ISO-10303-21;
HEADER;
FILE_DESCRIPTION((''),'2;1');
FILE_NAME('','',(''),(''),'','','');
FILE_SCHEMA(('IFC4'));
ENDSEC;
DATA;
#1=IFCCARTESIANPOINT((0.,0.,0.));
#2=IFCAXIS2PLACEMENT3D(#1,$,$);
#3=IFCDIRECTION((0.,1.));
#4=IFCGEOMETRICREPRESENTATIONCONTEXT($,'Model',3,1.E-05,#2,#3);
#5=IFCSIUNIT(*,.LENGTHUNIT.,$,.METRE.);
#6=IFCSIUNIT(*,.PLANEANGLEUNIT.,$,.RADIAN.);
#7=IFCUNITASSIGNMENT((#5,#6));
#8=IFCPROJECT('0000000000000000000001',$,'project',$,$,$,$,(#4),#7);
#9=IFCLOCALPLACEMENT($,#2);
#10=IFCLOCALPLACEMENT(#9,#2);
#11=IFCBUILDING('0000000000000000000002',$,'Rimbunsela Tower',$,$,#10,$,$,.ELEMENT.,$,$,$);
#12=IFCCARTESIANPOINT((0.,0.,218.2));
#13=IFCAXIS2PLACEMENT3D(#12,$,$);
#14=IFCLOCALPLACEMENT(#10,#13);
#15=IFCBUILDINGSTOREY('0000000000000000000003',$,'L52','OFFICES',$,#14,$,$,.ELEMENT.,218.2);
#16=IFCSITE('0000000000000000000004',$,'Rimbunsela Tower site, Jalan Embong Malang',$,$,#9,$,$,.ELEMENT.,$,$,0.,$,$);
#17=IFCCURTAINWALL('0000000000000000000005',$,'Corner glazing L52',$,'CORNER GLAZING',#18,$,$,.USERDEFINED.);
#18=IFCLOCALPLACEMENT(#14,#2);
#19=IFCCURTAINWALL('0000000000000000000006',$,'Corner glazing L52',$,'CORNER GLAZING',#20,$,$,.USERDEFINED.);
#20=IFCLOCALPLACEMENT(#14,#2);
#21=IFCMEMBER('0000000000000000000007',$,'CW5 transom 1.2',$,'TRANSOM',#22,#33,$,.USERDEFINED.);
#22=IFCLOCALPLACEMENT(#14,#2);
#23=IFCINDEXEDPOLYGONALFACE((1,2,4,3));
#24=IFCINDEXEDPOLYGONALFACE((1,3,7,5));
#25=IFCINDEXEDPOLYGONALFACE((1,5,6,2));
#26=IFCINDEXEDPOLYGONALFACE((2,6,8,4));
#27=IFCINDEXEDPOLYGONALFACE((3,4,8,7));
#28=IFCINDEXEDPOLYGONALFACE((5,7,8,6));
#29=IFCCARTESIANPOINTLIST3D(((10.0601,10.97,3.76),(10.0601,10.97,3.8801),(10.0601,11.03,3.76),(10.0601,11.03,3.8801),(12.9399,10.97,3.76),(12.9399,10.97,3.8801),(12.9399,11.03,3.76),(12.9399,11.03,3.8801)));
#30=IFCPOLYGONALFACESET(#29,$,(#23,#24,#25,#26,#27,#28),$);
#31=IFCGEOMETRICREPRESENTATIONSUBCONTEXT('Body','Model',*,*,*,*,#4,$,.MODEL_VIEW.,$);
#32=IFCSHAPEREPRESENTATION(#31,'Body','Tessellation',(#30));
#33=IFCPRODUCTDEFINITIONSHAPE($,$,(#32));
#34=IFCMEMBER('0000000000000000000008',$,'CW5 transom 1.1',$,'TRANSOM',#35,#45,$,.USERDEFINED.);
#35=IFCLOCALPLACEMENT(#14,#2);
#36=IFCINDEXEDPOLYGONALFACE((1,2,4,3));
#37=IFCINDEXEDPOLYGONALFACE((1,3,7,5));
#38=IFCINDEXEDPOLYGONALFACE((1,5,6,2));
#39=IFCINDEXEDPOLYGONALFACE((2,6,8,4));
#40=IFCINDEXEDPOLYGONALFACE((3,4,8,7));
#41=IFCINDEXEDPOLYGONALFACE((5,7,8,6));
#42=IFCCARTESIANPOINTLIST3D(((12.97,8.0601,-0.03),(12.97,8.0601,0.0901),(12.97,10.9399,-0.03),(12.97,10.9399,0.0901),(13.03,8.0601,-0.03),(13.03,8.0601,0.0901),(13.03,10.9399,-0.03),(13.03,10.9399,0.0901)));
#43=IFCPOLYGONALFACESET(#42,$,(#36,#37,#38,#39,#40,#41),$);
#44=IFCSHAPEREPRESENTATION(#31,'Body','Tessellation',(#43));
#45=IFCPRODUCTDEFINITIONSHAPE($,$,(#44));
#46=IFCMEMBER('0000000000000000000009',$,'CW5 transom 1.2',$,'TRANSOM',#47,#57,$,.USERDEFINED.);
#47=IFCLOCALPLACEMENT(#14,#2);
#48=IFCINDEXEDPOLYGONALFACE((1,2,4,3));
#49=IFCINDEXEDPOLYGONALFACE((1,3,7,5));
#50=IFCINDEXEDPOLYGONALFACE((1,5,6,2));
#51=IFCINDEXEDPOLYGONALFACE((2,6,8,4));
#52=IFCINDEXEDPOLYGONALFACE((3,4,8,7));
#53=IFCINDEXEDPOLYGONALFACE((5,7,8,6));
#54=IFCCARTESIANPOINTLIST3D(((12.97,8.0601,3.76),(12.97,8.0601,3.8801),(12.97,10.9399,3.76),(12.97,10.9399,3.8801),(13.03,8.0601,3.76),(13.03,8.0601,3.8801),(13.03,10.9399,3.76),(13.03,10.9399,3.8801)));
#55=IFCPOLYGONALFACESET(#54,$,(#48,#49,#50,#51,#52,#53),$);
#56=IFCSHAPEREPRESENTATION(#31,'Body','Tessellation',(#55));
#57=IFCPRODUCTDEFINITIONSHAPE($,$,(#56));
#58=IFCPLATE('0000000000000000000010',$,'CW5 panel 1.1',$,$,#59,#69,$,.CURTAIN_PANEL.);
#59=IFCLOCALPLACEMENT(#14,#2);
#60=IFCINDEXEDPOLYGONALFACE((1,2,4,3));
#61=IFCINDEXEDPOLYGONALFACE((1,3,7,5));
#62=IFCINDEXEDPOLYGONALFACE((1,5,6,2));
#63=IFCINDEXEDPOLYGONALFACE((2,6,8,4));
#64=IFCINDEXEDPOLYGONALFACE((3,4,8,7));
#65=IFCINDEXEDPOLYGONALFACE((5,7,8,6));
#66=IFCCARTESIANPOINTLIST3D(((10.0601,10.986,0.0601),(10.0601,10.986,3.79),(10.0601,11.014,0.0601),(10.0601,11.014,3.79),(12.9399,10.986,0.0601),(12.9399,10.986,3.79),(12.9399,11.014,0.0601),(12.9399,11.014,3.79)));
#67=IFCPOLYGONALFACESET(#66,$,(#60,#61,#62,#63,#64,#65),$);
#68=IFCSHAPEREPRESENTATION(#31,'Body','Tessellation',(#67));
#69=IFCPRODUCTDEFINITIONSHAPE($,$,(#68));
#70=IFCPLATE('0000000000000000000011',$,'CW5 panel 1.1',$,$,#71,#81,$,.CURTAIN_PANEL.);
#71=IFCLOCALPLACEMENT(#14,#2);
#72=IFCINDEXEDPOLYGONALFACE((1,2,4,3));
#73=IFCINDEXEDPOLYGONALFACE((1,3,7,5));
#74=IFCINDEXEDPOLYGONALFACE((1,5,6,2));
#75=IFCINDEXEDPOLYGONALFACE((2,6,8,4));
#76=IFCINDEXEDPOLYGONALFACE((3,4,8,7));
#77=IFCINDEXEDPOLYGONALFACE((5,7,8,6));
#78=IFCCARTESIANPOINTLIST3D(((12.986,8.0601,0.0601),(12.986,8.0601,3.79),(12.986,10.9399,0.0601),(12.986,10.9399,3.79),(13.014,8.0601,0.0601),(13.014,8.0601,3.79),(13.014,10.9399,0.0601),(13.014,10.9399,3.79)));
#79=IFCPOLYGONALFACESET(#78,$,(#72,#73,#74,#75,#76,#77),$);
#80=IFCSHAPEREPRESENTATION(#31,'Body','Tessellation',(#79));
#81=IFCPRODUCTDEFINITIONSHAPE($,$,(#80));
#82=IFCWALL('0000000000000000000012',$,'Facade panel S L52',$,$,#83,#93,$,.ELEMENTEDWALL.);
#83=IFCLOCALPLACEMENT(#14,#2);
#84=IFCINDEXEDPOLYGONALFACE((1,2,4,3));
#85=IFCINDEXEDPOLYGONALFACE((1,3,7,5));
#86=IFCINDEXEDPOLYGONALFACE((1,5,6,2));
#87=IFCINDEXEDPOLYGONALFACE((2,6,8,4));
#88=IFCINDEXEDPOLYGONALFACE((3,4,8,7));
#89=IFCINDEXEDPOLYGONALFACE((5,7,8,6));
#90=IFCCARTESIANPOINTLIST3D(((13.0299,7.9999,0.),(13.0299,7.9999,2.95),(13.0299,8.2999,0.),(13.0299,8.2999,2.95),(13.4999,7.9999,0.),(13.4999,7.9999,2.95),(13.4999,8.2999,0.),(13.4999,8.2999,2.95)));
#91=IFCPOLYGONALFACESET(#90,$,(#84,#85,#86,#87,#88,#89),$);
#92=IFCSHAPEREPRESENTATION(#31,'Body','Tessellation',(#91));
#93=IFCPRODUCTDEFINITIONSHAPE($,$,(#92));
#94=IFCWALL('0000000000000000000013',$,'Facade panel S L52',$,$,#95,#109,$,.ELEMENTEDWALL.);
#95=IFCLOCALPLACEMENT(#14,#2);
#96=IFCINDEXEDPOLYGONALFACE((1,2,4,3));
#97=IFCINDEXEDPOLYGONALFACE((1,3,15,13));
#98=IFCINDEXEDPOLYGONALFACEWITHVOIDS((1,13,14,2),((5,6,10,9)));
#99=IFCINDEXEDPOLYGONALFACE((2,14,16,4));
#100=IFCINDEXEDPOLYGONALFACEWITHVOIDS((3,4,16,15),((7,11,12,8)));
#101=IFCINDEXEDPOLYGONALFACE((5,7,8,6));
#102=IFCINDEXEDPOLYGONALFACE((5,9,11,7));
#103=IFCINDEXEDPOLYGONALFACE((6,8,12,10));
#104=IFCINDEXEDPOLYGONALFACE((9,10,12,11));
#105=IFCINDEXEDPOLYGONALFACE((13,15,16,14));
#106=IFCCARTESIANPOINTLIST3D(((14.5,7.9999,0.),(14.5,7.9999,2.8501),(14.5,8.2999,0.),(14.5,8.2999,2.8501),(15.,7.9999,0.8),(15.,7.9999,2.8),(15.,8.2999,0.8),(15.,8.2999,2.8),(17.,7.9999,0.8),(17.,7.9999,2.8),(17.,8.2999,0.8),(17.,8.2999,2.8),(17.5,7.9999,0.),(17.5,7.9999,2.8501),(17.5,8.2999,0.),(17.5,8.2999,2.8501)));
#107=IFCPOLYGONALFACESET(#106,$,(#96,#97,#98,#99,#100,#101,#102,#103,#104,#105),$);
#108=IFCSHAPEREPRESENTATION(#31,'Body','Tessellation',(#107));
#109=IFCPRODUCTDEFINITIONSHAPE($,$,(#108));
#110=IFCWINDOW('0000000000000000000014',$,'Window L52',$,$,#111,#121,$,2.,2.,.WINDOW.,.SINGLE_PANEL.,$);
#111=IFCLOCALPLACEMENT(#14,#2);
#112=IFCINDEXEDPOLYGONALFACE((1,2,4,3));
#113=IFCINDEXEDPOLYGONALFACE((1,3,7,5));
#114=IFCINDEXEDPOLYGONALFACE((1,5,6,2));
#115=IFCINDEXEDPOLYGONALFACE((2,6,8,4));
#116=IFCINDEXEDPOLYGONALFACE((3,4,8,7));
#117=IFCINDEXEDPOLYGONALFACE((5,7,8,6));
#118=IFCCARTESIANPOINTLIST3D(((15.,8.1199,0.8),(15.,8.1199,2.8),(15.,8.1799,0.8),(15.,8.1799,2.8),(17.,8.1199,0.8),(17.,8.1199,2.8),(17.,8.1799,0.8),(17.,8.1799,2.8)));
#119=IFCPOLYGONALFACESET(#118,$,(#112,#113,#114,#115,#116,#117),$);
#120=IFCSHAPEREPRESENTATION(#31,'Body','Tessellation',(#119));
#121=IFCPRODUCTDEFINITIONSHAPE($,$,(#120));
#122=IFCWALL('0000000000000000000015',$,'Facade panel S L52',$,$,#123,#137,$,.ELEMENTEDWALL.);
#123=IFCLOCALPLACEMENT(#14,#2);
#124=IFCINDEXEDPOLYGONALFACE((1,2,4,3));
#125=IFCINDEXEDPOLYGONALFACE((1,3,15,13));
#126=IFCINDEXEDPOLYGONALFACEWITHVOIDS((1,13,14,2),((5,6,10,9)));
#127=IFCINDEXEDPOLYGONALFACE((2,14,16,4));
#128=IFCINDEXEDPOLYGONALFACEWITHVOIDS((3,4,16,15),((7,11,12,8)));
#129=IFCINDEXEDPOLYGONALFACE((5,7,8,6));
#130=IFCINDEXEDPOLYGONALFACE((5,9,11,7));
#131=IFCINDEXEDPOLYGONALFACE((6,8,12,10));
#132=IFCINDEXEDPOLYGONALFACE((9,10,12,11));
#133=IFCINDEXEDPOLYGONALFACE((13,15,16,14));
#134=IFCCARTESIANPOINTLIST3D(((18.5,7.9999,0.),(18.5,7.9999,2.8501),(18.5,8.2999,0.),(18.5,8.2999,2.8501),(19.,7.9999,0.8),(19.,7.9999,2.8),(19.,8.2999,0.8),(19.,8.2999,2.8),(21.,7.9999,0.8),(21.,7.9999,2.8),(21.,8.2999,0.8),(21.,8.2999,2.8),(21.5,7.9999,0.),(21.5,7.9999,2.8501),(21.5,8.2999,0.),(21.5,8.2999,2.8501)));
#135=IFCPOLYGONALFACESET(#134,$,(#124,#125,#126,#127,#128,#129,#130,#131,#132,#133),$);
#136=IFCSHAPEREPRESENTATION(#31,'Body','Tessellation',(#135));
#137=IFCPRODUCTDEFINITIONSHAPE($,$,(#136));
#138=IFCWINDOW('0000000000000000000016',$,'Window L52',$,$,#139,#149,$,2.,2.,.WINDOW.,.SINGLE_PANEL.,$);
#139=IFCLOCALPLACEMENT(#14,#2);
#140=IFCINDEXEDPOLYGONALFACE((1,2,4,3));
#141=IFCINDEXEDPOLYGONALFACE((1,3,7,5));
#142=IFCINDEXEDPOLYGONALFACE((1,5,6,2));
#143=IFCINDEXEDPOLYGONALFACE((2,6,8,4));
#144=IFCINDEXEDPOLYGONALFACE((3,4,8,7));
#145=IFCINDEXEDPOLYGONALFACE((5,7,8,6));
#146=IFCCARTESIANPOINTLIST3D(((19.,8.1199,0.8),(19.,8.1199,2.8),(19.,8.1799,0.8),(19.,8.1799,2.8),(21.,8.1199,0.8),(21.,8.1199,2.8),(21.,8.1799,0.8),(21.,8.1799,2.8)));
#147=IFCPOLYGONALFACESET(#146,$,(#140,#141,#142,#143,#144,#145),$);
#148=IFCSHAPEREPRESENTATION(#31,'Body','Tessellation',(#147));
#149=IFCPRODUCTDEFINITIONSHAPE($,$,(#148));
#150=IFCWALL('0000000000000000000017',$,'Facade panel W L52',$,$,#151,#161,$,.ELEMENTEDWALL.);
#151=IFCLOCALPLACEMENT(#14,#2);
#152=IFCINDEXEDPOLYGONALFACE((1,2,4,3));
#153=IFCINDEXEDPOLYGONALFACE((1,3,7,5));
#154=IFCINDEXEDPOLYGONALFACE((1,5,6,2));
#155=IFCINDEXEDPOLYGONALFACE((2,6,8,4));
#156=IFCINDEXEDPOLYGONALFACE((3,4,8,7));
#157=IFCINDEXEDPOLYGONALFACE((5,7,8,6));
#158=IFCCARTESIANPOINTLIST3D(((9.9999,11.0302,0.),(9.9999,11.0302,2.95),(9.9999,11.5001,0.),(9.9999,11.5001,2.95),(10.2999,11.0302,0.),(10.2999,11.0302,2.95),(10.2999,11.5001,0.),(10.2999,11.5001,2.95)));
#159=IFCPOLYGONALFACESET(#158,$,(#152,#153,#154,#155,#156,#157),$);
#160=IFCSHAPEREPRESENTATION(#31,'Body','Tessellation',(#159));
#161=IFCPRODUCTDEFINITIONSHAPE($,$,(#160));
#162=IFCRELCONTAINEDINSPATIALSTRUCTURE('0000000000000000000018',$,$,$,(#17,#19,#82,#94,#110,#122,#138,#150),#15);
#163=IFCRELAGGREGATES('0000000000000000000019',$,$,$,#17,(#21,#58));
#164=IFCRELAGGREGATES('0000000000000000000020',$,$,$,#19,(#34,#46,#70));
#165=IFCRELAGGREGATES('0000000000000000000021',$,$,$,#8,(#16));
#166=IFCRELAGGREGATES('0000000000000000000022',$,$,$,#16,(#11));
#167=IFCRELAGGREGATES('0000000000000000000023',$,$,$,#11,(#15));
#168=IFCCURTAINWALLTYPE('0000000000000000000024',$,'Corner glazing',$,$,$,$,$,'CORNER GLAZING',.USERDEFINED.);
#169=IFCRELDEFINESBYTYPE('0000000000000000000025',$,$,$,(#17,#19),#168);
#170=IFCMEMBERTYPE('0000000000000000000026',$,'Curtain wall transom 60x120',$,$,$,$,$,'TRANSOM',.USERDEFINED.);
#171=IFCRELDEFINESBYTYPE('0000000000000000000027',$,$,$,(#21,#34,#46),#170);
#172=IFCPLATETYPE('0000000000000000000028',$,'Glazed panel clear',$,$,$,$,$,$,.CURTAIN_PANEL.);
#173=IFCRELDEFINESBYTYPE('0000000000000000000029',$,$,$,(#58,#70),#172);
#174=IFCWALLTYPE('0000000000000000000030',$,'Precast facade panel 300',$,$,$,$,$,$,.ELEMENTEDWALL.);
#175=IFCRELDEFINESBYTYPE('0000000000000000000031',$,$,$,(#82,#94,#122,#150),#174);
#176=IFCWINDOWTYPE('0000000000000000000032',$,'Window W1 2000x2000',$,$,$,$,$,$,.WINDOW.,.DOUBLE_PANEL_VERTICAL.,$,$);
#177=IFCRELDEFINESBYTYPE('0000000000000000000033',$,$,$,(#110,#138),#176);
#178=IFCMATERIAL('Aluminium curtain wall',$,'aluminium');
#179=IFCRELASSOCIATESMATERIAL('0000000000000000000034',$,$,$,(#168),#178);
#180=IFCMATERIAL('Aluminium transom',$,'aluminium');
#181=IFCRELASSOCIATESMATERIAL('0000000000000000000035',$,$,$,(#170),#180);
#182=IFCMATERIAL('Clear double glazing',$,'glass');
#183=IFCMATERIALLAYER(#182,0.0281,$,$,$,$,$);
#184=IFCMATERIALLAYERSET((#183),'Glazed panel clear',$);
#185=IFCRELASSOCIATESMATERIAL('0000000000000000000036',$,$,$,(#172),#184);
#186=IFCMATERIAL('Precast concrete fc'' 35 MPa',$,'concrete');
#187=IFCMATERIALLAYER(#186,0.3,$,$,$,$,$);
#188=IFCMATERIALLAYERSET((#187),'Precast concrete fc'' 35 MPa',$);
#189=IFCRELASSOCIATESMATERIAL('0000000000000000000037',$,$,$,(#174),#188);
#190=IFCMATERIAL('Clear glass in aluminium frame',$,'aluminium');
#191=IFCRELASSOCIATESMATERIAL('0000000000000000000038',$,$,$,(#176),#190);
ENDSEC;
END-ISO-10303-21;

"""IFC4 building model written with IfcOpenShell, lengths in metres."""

from ifc_helpers import new_model, si_unit, direction, frame, frame_2d, origin, origin_2d, place, context, subcontext, project, spatial, rectangle, extrude, material, layer, layer_set, material_profile, profile_set, type_object, element, fill, aggregate, save


model = new_model("IFC4")

# Units and contexts
model_context = context("Model", 3, precision=1e-05, world=origin(), true_north=direction((0.0, 1.0)))
body_context = subcontext(model_context, "Body", "Model", "MODEL_VIEW")
ifc_project = project(units=[si_unit("LENGTHUNIT", "METRE"), si_unit("PLANEANGLEUNIT", "RADIAN")], contexts=[model_context])

# Site, building, storey
site_placement = place(None, origin())
site = spatial("IfcSite", under=ifc_project, at=site_placement, Name="Rimbunsela Tower site, Jalan Embong Malang", CompositionType="ELEMENT", RefElevation=0.0)
building_placement = place(site_placement, origin())
building = spatial("IfcBuilding", under=site, at=building_placement, Name="Rimbunsela Tower", CompositionType="ELEMENT")
storey_placement = place(building_placement, frame((0.0, 0.0, 218.2)))
storey = spatial("IfcBuildingStorey", under=building, at=storey_placement, Name="L52", Description="OFFICES", CompositionType="ELEMENT", Elevation=218.2)

# Curtain walls
ifc_material_1 = material(Name="Aluminium curtain wall", Category="aluminium")
curtain_wall_type = type_object("IfcCurtainWallType", Name="Corner glazing", ElementType="CORNER GLAZING", PredefinedType="USERDEFINED", material=ifc_material_1)
curtain_wall_1_placement = place(storey_placement, origin())
curtain_wall_1 = element("IfcCurtainWall", 1, at=curtain_wall_1_placement, inside=storey, type_object=curtain_wall_type, Name="Corner glazing L52", ObjectType="CORNER GLAZING", PredefinedType="USERDEFINED")
curtain_wall_2_placement = place(storey_placement, origin())
curtain_wall_2 = element("IfcCurtainWall", 2, at=curtain_wall_2_placement, inside=storey, type_object=curtain_wall_type, Name="Corner glazing L52", ObjectType="CORNER GLAZING", PredefinedType="USERDEFINED")

# Members
ifc_material_2 = material(Name="Aluminium transom", Category="aluminium")
ifc_material_profile_1 = material_profile(ifc_material_2, rectangle(XDim=0.0601, YDim=0.1201, at=origin_2d()), Name="Transom 60x120")
ifc_profile_set_1 = profile_set([ifc_material_profile_1], Name="Aluminium transom")
member_type_1 = type_object("IfcMemberType", Name="Curtain wall transom 60x120", ElementType="TRANSOM", PredefinedType="USERDEFINED", material=ifc_profile_set_1)
member_1_placement = place(storey_placement, frame((10.0601, 11.0, 3.8201), z_axis=(1.0, 0.0, 0.0), x_axis=(0.0, 1.0, 0.0)))
member_1 = element("IfcMember", 3, at=member_1_placement, type_object=member_type_1, Name="CW5 transom 1.2", ObjectType="TRANSOM", PredefinedType="USERDEFINED", context=body_context, shape_type="SweptSolid", body=[
    extrude(rectangle(XDim=0.0601, YDim=0.1201, at=origin_2d()), origin(), (0.0, 0.0, 1.0), 2.8799),
])
member_2_placement = place(storey_placement, frame((13.0, 10.9399, 0.03), z_axis=(0.0, -1.0, 0.0), x_axis=(1.0, 0.0, 0.0)))
member_2 = element("IfcMember", 4, at=member_2_placement, type_object=member_type_1, Name="CW5 transom 1.1", ObjectType="TRANSOM", PredefinedType="USERDEFINED", context=body_context, shape_type="SweptSolid", body=[
    extrude(rectangle(XDim=0.0601, YDim=0.1201, at=origin_2d()), origin(), (0.0, 0.0, 1.0), 2.8799),
])
member_3_placement = place(storey_placement, frame((13.0, 10.9399, 3.8201), z_axis=(0.0, -1.0, 0.0), x_axis=(1.0, 0.0, 0.0)))
member_3 = element("IfcMember", 5, at=member_3_placement, type_object=member_type_1, Name="CW5 transom 1.2", ObjectType="TRANSOM", PredefinedType="USERDEFINED", context=body_context, shape_type="SweptSolid", body=[
    extrude(rectangle(XDim=0.0601, YDim=0.1201, at=origin_2d()), origin(), (0.0, 0.0, 1.0), 2.8799),
])

# Plates
ifc_material_3 = material(Name="Clear double glazing", Category="glass")
ifc_layer_1 = layer(ifc_material_3, 0.0281)
ifc_layer_set_1 = layer_set([ifc_layer_1], Name="Glazed panel clear")
plate_type = type_object("IfcPlateType", Name="Glazed panel clear", PredefinedType="CURTAIN_PANEL", material=ifc_layer_set_1)
plate_1_placement = place(storey_placement, frame((11.5, 11.0, 0.0601), z_axis=(0.0, 0.0, 1.0), x_axis=(1.0, 0.0, 0.0)))
plate_1 = element("IfcPlate", 6, at=plate_1_placement, type_object=plate_type, Name="CW5 panel 1.1", PredefinedType="CURTAIN_PANEL", context=body_context, shape_type="SweptSolid", body=[
    extrude(rectangle(XDim=2.8799, YDim=0.0281, at=origin_2d()), origin(), (0.0, 0.0, 1.0), 3.73),
])
aggregate(curtain_wall_1, [member_1, plate_1])
plate_2_placement = place(storey_placement, frame((13.0, 9.5, 0.0601), z_axis=(0.0, 0.0, 1.0), x_axis=(0.0, -1.0, 0.0)))
plate_2 = element("IfcPlate", 7, at=plate_2_placement, type_object=plate_type, Name="CW5 panel 1.1", PredefinedType="CURTAIN_PANEL", context=body_context, shape_type="SweptSolid", body=[
    extrude(rectangle(XDim=2.8799, YDim=0.0281, at=origin_2d()), origin(), (0.0, 0.0, 1.0), 3.73),
])
aggregate(curtain_wall_2, [member_2, member_3, plate_2])

# Wall
ifc_material_4 = material(Name="Precast concrete fc' 35 MPa", Category="concrete")
ifc_layer_2 = layer(ifc_material_4, 0.3)
ifc_layer_set_2 = layer_set([ifc_layer_2], Name="Precast concrete fc' 35 MPa")
wall_type = type_object("IfcWallType", Name="Precast facade panel 300", PredefinedType="ELEMENTEDWALL", material=ifc_layer_set_2)
wall_1_placement = place(storey_placement, frame((13.03, 8.1499, 0.0), z_axis=(0.0, 0.0, 1.0), x_axis=(1.0, 0.0, 0.0)))
element("IfcWall", 8, at=wall_1_placement, inside=storey, type_object=wall_type, Name="Facade panel S L52", PredefinedType="ELEMENTEDWALL", context=body_context, shape_type="SweptSolid", body=[
    extrude(rectangle(XDim=0.47, YDim=0.3, at=frame_2d((0.2349, 0.0))), origin(), (0.0, 0.0, 1.0), 2.95),
])

# Walls, openings, windows
wall_2_placement = place(storey_placement, frame((14.5, 8.1499, 0.0), z_axis=(0.0, 0.0, 1.0), x_axis=(1.0, 0.0, 0.0)))
wall_2 = element("IfcWall", 9, at=wall_2_placement, inside=storey, type_object=wall_type, Name="Facade panel S L52", PredefinedType="ELEMENTEDWALL", context=body_context, shape_type="SweptSolid", body=[
    extrude(rectangle(XDim=3.0, YDim=0.3, at=frame_2d((1.5, 0.0))), origin(), (0.0, 0.0, 1.0), 2.8501),
])
opening_1_placement = place(wall_2_placement, frame((0.5, 0.0, 0.8)))
opening_1 = element("IfcOpeningElement", 10, at=opening_1_placement, cuts=wall_2, PredefinedType="OPENING", context=body_context, shape_type="SweptSolid", body=[
    extrude(rectangle(XDim=2.0, YDim=2.0, at=frame_2d((1.0, 1.0))), frame((0.0, 0.1599, 0.0), z_axis=(0.0, -1.0, 0.0), x_axis=(1.0, 0.0, 0.0)), (0.0, 0.0, 1.0), 0.3201),
])
ifc_material_5 = material(Name="Clear glass in aluminium frame", Category="aluminium")
window_type = type_object("IfcWindowType", Name="Window W1 2000x2000", PartitioningType="DOUBLE_PANEL_VERTICAL", PredefinedType="WINDOW", material=ifc_material_5)
window_1_placement = place(opening_1_placement, origin())
window_1 = element("IfcWindow", 11, at=window_1_placement, inside=storey, type_object=window_type, Name="Window L52", OverallHeight=2.0, OverallWidth=2.0, PartitioningType="SINGLE_PANEL", PredefinedType="WINDOW", context=body_context, shape_type="SweptSolid", body=[
    extrude(rectangle(XDim=2.0, YDim=2.0, at=frame_2d((1.0, 1.0))), frame((0.0, 0.03, 0.0), z_axis=(0.0, -1.0, 0.0), x_axis=(1.0, 0.0, 0.0)), (0.0, 0.0, 1.0), 0.0601),
])
fill(opening_1, window_1)
wall_3_placement = place(storey_placement, frame((18.5, 8.1499, 0.0), z_axis=(0.0, 0.0, 1.0), x_axis=(1.0, 0.0, 0.0)))
wall_3 = element("IfcWall", 12, at=wall_3_placement, inside=storey, type_object=wall_type, Name="Facade panel S L52", PredefinedType="ELEMENTEDWALL", context=body_context, shape_type="SweptSolid", body=[
    extrude(rectangle(XDim=3.0, YDim=0.3, at=frame_2d((1.5, 0.0))), origin(), (0.0, 0.0, 1.0), 2.8501),
])
opening_2_placement = place(wall_3_placement, frame((0.5, 0.0, 0.8)))
opening_2 = element("IfcOpeningElement", 13, at=opening_2_placement, cuts=wall_3, PredefinedType="OPENING", context=body_context, shape_type="SweptSolid", body=[
    extrude(rectangle(XDim=2.0, YDim=2.0, at=frame_2d((1.0, 1.0))), frame((0.0, 0.1599, 0.0), z_axis=(0.0, -1.0, 0.0), x_axis=(1.0, 0.0, 0.0)), (0.0, 0.0, 1.0), 0.3201),
])
window_2_placement = place(opening_2_placement, origin())
window_2 = element("IfcWindow", 14, at=window_2_placement, inside=storey, type_object=window_type, Name="Window L52", OverallHeight=2.0, OverallWidth=2.0, PartitioningType="SINGLE_PANEL", PredefinedType="WINDOW", context=body_context, shape_type="SweptSolid", body=[
    extrude(rectangle(XDim=2.0, YDim=2.0, at=frame_2d((1.0, 1.0))), frame((0.0, 0.03, 0.0), z_axis=(0.0, -1.0, 0.0), x_axis=(1.0, 0.0, 0.0)), (0.0, 0.0, 1.0), 0.0601),
])
fill(opening_2, window_2)

# Wall
wall_4_placement = place(storey_placement, frame((10.1499, 11.5, 0.0), z_axis=(0.0, 0.0, 1.0), x_axis=(0.0, -1.0, 0.0)))
element("IfcWall", 15, at=wall_4_placement, inside=storey, type_object=wall_type, Name="Facade panel W L52", PredefinedType="ELEMENTEDWALL", context=body_context, shape_type="SweptSolid", body=[
    extrude(rectangle(XDim=0.47, YDim=0.3, at=frame_2d((0.2349, 0.0))), origin(), (0.0, 0.0, 1.0), 2.95),
])

save(model, "model.ifc")
